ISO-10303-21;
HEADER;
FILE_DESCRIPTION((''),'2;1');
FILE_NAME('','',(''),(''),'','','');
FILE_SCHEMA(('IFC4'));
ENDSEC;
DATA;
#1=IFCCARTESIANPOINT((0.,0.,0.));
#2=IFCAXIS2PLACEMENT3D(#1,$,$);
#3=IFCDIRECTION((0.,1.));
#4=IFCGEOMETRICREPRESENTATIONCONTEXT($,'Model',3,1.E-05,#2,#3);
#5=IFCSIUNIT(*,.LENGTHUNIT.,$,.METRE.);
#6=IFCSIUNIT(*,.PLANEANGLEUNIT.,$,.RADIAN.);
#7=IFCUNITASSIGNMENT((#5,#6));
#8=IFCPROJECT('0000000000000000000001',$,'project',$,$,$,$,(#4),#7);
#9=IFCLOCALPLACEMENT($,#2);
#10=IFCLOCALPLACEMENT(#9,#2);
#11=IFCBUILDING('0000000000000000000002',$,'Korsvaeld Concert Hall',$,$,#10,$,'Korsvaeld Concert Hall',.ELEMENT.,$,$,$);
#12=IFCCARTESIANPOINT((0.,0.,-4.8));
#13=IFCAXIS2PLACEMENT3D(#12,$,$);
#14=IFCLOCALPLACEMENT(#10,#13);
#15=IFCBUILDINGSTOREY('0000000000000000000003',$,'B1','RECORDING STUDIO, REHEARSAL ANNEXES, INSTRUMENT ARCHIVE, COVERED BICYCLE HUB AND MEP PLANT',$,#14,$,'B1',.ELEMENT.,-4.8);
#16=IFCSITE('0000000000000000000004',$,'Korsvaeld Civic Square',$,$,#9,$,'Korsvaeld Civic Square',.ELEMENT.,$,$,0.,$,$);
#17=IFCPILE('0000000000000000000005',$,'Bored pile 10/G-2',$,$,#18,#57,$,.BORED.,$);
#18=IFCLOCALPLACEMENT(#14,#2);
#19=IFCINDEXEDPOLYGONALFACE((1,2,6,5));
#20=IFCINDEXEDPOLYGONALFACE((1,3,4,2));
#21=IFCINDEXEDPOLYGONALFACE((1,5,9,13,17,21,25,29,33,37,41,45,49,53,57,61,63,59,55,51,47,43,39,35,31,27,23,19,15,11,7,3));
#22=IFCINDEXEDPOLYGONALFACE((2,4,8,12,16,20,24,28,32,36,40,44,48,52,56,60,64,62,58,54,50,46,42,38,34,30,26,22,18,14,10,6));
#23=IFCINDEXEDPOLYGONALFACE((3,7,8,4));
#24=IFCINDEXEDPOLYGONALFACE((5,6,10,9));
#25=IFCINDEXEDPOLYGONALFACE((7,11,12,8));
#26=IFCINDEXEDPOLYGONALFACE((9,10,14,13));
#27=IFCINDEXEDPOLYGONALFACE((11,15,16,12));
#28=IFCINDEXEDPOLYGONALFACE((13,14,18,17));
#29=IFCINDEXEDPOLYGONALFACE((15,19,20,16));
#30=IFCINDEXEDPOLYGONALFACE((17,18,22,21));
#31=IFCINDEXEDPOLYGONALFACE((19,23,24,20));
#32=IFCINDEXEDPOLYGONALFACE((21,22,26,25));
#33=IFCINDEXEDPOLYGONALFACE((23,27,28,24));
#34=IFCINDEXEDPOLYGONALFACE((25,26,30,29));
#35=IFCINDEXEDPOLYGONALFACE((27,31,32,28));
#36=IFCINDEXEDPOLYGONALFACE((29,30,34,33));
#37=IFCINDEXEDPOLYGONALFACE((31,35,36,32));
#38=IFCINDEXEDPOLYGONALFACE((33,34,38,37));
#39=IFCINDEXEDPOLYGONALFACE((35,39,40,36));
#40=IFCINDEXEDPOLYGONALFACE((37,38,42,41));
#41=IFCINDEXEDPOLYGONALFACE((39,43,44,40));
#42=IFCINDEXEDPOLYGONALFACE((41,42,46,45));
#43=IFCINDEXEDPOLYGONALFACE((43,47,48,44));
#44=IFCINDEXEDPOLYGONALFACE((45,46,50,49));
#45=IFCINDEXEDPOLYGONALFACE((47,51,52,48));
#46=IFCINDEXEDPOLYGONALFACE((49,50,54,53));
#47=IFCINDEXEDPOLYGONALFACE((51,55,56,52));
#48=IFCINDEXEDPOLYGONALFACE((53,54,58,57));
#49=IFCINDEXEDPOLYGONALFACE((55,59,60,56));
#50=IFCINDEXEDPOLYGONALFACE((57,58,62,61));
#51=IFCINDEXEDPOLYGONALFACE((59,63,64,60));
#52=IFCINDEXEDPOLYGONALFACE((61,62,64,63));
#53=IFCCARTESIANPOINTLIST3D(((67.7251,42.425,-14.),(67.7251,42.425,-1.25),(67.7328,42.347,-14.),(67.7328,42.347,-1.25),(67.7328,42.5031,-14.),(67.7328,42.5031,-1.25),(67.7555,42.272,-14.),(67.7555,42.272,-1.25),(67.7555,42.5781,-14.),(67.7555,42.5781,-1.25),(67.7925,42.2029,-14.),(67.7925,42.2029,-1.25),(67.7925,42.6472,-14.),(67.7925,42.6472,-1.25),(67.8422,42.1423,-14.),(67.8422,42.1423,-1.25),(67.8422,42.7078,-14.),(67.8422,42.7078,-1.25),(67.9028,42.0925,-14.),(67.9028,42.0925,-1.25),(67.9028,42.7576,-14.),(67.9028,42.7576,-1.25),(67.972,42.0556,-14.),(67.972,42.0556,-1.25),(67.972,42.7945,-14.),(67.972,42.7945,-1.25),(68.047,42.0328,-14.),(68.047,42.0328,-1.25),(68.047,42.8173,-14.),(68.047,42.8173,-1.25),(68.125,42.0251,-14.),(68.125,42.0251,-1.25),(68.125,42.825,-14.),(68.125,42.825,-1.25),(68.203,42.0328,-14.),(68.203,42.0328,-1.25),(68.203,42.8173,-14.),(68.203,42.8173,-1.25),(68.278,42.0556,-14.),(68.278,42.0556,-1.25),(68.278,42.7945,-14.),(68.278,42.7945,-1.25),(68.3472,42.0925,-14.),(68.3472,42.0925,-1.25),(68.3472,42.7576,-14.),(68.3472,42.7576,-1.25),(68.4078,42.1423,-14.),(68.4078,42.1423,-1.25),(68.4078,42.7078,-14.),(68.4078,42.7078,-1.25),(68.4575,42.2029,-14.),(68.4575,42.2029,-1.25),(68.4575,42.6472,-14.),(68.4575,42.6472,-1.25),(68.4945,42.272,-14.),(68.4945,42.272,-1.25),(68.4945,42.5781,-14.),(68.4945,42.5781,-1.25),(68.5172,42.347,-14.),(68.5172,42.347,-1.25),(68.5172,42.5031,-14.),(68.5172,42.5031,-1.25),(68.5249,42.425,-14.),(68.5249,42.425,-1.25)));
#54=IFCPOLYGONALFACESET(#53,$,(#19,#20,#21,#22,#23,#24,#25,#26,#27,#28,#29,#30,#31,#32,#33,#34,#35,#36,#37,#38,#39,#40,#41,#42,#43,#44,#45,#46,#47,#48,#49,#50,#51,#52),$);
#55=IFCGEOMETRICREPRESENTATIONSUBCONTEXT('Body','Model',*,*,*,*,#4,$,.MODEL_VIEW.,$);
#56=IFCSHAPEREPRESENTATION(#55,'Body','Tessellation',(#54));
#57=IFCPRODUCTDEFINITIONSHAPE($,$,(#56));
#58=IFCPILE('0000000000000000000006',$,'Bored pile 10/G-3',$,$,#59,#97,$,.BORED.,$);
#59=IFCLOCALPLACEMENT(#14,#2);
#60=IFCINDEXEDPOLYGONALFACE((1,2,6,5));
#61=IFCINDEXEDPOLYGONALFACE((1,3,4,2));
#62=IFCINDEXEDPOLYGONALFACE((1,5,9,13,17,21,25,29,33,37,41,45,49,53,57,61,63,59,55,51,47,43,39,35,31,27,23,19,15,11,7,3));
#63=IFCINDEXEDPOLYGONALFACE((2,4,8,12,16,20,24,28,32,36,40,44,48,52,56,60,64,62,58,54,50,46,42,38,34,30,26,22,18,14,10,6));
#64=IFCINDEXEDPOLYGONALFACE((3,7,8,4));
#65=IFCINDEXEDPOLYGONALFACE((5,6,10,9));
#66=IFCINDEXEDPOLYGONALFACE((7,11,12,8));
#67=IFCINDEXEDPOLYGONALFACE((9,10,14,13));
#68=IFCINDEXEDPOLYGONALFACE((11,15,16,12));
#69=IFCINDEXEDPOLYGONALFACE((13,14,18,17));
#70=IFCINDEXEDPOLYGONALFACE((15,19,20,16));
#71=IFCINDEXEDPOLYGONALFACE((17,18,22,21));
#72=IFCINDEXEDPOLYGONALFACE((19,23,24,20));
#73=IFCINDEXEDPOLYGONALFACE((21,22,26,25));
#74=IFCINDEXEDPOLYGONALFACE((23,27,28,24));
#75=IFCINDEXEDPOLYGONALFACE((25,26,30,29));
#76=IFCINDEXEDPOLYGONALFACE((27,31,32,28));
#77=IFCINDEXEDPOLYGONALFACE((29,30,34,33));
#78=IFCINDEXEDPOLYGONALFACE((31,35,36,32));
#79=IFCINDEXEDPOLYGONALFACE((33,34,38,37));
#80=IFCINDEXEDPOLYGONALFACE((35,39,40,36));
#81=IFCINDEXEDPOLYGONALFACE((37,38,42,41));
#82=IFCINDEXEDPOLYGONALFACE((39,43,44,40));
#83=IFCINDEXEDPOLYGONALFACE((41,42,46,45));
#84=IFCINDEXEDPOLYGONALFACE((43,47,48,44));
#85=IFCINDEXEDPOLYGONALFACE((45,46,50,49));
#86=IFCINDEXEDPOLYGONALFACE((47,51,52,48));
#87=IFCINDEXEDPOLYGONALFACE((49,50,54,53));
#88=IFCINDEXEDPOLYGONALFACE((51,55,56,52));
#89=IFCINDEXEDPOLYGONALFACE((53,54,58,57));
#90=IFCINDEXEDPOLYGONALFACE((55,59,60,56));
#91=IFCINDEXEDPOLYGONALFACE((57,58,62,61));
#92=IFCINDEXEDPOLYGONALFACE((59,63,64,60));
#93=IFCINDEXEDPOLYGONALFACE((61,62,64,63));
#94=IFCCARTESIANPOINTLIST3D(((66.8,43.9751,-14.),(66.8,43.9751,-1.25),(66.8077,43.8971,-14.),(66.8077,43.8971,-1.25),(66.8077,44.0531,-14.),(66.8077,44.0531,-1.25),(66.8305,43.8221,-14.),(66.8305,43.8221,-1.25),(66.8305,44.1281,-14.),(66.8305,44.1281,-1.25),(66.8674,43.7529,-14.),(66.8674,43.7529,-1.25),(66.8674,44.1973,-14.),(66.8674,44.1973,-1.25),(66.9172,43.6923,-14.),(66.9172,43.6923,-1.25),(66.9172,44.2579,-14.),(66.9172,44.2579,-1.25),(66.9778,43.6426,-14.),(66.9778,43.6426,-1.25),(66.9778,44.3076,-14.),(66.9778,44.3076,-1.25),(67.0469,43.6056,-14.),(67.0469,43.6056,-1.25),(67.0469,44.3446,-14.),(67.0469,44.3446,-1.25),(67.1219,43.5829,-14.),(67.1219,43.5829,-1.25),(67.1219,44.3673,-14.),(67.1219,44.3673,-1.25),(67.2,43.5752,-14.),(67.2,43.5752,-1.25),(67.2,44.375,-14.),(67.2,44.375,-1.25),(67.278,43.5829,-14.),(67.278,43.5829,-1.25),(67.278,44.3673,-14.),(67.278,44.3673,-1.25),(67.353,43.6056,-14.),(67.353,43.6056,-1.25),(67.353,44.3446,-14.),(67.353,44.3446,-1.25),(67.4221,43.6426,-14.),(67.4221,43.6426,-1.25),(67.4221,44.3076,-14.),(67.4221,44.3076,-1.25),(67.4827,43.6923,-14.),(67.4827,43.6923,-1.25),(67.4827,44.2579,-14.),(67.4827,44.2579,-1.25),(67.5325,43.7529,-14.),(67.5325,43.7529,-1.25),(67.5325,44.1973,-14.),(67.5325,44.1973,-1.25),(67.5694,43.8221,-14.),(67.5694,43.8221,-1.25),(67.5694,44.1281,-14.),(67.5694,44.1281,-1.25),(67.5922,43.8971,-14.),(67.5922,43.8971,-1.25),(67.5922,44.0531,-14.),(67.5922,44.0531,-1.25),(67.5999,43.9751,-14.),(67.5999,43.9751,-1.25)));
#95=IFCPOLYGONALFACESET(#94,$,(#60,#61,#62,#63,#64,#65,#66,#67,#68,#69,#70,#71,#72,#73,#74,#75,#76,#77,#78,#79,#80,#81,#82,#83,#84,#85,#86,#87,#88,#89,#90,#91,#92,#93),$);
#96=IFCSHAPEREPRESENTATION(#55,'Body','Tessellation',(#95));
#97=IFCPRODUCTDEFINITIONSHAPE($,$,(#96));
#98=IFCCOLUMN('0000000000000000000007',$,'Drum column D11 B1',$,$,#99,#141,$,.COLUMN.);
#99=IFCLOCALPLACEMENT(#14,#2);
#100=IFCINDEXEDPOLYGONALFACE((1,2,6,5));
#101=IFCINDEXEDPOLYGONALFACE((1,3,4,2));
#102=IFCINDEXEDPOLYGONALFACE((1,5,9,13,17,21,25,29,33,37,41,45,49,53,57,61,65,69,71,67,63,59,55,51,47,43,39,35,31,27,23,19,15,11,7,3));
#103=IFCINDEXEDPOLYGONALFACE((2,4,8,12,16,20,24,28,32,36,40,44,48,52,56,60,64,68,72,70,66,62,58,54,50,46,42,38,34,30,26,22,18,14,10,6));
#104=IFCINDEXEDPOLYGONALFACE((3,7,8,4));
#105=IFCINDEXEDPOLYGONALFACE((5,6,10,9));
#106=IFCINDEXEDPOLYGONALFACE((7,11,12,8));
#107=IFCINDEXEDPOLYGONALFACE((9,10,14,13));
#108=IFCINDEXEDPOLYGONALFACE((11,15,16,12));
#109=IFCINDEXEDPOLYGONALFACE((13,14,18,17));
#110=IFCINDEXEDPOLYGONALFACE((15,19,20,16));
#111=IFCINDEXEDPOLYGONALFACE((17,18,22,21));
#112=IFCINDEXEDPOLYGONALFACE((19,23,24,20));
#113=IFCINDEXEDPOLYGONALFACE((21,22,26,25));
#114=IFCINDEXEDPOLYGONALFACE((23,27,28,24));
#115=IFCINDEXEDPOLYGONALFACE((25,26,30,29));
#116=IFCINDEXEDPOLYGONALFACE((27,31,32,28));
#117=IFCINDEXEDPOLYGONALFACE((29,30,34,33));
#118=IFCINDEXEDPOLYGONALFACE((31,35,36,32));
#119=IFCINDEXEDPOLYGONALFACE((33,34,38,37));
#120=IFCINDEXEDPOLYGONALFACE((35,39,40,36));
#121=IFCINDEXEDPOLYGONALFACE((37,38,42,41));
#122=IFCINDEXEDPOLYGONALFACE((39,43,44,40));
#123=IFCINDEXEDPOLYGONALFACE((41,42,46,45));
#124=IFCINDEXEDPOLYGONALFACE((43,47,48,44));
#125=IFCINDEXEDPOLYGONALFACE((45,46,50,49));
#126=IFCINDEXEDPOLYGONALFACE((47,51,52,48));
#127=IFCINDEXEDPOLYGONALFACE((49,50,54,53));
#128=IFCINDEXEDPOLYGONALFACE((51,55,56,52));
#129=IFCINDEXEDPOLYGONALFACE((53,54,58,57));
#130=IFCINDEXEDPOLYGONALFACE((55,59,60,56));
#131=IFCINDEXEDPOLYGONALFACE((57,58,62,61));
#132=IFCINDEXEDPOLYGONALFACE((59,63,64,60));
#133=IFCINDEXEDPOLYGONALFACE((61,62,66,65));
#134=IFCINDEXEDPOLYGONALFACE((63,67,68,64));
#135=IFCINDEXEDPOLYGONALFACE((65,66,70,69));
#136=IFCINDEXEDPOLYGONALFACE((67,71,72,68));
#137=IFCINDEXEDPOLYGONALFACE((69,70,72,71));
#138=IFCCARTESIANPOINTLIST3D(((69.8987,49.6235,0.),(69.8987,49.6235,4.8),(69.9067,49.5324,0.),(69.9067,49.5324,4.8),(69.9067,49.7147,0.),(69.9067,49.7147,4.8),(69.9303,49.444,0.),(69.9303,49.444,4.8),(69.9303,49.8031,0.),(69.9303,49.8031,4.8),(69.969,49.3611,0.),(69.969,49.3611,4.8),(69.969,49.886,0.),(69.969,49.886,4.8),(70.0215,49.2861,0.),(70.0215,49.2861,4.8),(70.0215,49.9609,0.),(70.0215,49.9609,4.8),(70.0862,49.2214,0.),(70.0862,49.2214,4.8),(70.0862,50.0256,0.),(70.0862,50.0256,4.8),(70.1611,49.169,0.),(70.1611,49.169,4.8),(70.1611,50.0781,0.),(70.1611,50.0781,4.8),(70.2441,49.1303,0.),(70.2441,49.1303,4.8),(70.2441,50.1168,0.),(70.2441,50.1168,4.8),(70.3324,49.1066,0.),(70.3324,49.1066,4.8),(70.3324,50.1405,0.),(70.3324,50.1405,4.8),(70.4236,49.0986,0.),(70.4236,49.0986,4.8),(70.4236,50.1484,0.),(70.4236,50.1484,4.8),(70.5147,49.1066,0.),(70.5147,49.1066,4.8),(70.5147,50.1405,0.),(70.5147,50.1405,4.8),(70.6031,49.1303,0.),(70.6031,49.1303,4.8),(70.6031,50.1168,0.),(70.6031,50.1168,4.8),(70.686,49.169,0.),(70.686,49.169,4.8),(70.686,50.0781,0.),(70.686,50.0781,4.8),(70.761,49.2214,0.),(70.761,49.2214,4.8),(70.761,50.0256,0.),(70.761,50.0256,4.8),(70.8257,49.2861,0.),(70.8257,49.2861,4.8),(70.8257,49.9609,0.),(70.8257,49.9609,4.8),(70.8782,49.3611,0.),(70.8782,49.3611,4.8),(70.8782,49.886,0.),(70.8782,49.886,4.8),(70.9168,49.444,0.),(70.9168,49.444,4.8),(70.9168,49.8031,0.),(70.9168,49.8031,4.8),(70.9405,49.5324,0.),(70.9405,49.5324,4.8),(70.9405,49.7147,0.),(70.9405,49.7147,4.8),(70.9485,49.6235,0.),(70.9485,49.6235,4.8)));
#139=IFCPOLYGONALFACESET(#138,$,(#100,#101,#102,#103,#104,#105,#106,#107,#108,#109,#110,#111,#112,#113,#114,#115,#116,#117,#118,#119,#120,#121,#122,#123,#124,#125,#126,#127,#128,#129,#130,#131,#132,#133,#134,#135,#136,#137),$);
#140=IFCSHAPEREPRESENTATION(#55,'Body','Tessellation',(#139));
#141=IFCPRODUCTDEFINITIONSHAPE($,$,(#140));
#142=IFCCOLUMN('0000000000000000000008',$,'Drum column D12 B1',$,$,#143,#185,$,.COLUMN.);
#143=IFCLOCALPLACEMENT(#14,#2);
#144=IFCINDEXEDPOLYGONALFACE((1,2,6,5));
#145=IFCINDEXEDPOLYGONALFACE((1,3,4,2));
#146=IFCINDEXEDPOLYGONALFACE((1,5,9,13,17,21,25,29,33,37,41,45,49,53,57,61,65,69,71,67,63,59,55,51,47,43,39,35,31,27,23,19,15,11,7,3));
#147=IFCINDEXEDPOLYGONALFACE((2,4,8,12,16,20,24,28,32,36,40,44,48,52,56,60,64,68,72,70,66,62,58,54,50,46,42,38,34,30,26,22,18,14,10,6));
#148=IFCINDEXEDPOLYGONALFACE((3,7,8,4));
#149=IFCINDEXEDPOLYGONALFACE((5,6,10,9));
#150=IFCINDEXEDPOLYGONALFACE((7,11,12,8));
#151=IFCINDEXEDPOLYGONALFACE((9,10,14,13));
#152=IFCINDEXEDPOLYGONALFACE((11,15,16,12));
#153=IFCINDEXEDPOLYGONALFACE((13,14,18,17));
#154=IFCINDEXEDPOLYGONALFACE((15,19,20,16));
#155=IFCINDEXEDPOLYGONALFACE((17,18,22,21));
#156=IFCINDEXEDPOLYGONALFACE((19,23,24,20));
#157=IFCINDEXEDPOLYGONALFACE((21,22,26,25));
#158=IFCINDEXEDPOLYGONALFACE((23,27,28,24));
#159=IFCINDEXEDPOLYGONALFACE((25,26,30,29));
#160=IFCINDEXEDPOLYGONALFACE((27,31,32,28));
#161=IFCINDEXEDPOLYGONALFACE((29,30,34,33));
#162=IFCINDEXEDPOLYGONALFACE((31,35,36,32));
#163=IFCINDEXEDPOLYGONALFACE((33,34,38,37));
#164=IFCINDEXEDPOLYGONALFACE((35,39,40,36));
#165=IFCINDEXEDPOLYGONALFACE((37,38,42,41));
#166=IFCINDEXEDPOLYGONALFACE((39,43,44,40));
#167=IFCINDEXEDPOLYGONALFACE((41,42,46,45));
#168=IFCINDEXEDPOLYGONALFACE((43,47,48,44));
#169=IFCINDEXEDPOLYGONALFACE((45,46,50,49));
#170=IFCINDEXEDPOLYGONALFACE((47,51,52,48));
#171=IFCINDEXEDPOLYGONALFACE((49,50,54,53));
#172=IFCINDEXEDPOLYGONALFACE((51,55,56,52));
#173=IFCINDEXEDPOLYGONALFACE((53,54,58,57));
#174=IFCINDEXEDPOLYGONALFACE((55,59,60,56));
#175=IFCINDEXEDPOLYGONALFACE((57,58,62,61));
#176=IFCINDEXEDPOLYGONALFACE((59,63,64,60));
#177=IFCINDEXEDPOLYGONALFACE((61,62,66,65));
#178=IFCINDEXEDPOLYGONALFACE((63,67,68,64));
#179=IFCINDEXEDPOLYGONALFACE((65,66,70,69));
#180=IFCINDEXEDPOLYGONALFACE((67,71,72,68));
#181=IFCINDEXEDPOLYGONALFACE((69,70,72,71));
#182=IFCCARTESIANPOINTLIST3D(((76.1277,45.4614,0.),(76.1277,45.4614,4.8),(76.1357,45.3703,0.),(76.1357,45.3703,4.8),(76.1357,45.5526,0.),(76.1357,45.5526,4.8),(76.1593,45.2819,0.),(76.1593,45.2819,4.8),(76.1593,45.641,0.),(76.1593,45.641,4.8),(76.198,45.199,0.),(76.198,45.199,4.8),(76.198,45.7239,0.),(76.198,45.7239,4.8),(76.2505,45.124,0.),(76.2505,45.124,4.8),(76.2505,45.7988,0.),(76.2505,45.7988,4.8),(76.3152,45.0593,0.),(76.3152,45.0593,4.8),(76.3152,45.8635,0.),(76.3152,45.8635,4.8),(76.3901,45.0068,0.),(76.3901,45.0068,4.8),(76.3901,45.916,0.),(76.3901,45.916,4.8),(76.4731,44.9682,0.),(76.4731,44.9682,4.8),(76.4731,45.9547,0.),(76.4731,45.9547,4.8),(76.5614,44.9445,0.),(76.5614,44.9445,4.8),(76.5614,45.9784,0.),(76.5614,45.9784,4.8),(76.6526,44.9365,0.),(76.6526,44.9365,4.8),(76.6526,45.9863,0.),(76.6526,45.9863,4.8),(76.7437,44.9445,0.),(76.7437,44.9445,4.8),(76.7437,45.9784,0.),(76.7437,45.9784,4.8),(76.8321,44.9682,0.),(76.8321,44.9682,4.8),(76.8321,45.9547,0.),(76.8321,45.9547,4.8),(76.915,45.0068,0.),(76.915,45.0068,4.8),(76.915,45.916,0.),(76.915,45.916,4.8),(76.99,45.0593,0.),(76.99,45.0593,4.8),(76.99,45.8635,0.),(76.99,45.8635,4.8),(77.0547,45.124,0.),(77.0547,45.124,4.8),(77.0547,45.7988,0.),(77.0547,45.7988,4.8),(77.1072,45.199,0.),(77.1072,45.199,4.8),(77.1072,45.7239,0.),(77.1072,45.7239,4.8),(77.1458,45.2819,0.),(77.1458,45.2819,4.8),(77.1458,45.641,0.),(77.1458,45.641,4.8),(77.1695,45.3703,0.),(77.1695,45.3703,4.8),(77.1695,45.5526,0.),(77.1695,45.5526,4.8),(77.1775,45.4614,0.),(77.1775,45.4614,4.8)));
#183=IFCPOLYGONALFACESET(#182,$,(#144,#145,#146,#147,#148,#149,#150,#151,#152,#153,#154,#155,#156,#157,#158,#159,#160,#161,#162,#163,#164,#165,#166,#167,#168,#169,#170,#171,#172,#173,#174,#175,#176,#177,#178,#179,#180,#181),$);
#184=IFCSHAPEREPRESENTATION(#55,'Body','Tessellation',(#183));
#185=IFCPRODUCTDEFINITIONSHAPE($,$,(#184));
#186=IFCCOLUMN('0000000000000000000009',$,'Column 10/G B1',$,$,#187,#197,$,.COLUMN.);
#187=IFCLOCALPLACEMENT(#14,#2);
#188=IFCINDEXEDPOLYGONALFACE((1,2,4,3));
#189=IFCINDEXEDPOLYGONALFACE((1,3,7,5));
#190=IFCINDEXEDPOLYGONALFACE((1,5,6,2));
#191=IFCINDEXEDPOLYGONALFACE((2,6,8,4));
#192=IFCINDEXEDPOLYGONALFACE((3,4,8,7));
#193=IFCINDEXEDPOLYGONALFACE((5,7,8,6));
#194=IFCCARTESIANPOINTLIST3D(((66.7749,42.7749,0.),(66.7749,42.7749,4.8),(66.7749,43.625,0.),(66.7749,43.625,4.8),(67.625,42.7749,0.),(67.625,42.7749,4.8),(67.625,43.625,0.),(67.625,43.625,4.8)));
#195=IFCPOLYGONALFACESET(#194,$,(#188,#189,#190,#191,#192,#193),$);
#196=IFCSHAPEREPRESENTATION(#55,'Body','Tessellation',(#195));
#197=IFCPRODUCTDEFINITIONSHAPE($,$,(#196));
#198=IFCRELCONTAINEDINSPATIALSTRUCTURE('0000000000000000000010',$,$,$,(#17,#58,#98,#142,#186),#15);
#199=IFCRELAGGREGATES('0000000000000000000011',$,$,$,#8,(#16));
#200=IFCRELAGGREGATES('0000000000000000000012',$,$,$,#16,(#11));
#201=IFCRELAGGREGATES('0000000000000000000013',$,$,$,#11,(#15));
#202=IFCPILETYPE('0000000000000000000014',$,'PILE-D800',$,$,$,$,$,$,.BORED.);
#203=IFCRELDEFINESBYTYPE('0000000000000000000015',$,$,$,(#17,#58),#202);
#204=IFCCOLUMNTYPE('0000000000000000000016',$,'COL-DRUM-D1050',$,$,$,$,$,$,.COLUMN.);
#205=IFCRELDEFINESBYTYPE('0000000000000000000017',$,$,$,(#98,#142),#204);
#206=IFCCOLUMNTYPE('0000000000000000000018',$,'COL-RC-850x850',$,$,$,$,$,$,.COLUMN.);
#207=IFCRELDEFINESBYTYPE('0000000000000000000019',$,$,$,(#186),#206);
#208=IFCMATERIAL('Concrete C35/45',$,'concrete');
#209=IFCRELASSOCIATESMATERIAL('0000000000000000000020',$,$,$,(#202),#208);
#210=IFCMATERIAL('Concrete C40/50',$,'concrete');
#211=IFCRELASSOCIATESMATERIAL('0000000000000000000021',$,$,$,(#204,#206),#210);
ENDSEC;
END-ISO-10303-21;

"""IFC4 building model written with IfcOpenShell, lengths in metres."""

from ifc_helpers import new_model, si_unit, direction, frame, origin, origin_2d, place, context, subcontext, project, spatial, rectangle, circle, extrude, material, material_profile, profile_set, type_object, element, save


model = new_model("IFC4")

# Units and contexts
model_context = context("Model", 3, precision=1e-05, world=origin(), true_north=direction((0.0, 1.0)))
body_context = subcontext(model_context, "Body", "Model", "MODEL_VIEW")
ifc_project = project(units=[si_unit("LENGTHUNIT", "METRE"), si_unit("PLANEANGLEUNIT", "RADIAN")], contexts=[model_context])

# Site, building, storey
site_placement = place(None, origin())
site = spatial("IfcSite", under=ifc_project, at=site_placement, Name="Korsvaeld Civic Square", LongName="Korsvaeld Civic Square", CompositionType="ELEMENT", RefElevation=0.0)
building_placement = place(site_placement, origin())
building = spatial("IfcBuilding", under=site, at=building_placement, Name="Korsvaeld Concert Hall", LongName="Korsvaeld Concert Hall", CompositionType="ELEMENT")
storey_placement = place(building_placement, frame((0.0, 0.0, -4.8)))
storey = spatial("IfcBuildingStorey", under=building, at=storey_placement, Name="B1", Description="RECORDING STUDIO, REHEARSAL ANNEXES, INSTRUMENT ARCHIVE, COVERED BICYCLE HUB AND MEP PLANT", LongName="B1", CompositionType="ELEMENT", Elevation=-4.8)

# Shared definitions
ifc_material_1 = material(Name="Concrete C35/45", Category="concrete")

# Piles
ifc_material_2 = material(Name="Concrete C40/50", Category="concrete")
ifc_material_profile_1 = material_profile(ifc_material_1, circle(Radius=0.3999, at=origin_2d()), Name="BORED PILE D800")
ifc_profile_set_1 = profile_set([ifc_material_profile_1], Name="Concrete C35/45")
pile_type_1 = type_object("IfcPileType", Name="PILE-D800", PredefinedType="BORED", material=ifc_profile_set_1)
for number, where, z_axis, x_axis, name in (
    (1, (68.125, 42.425, -1.25), (0.0, 0.0, -1.0), (1.0, 0.0, 0.0), "Bored pile 10/G-2"),
    (2, (67.2, 43.9751, -1.25), (0.0, 0.0, -1.0), (1.0, 0.0, 0.0), "Bored pile 10/G-3"),
):
    element("IfcPile", number, at=place(storey_placement, frame(where, z_axis=z_axis, x_axis=x_axis)), inside=storey, type_object=pile_type_1, Name=name, PredefinedType="BORED", context=body_context, shape_type="SweptSolid", body=[
        extrude(circle(Radius=0.3999, at=origin_2d()), origin(), (0.0, 0.0, 1.0), 12.75),
    ])

# Columns
ifc_material_profile_2 = material_profile(ifc_material_2, circle(Radius=0.5249, at=origin_2d()), Name="RC D1050")
ifc_profile_set_2 = profile_set([ifc_material_profile_2], Name="Concrete C40/50")
column_type_1 = type_object("IfcColumnType", Name="COL-DRUM-D1050", PredefinedType="COLUMN", material=ifc_profile_set_2)
for number, where, z_axis, x_axis, name in (
    (3, (70.4236, 49.6235, 0.0), (0.0, 0.0, 1.0), (1.0, 0.0, 0.0), "Drum column D11 B1"),
    (4, (76.6526, 45.4614, 0.0), (0.0, 0.0, 1.0), (1.0, 0.0, 0.0), "Drum column D12 B1"),
):
    element("IfcColumn", number, at=place(storey_placement, frame(where, z_axis=z_axis, x_axis=x_axis)), inside=storey, type_object=column_type_1, Name=name, PredefinedType="COLUMN", context=body_context, shape_type="SweptSolid", body=[
        extrude(circle(Radius=0.5249, at=origin_2d()), origin(), (0.0, 0.0, 1.0), 4.8),
    ])
ifc_material_profile_3 = material_profile(ifc_material_2, rectangle(XDim=0.8501, YDim=0.8501, at=origin_2d()), Name="RC 850x850")
ifc_profile_set_3 = profile_set([ifc_material_profile_3], Name="Concrete C40/50")
column_type_2 = type_object("IfcColumnType", Name="COL-RC-850x850", PredefinedType="COLUMN", material=ifc_profile_set_3)
column_placement = place(storey_placement, frame((67.2, 43.2, 0.0), z_axis=(0.0, 0.0, 1.0), x_axis=(1.0, 0.0, 0.0)))
element("IfcColumn", 5, at=column_placement, inside=storey, type_object=column_type_2, Name="Column 10/G B1", PredefinedType="COLUMN", context=body_context, shape_type="SweptSolid", body=[
    extrude(rectangle(XDim=0.8501, YDim=0.8501, at=origin_2d()), origin(), (0.0, 0.0, 1.0), 4.8),
])

save(model, "model.ifc")
